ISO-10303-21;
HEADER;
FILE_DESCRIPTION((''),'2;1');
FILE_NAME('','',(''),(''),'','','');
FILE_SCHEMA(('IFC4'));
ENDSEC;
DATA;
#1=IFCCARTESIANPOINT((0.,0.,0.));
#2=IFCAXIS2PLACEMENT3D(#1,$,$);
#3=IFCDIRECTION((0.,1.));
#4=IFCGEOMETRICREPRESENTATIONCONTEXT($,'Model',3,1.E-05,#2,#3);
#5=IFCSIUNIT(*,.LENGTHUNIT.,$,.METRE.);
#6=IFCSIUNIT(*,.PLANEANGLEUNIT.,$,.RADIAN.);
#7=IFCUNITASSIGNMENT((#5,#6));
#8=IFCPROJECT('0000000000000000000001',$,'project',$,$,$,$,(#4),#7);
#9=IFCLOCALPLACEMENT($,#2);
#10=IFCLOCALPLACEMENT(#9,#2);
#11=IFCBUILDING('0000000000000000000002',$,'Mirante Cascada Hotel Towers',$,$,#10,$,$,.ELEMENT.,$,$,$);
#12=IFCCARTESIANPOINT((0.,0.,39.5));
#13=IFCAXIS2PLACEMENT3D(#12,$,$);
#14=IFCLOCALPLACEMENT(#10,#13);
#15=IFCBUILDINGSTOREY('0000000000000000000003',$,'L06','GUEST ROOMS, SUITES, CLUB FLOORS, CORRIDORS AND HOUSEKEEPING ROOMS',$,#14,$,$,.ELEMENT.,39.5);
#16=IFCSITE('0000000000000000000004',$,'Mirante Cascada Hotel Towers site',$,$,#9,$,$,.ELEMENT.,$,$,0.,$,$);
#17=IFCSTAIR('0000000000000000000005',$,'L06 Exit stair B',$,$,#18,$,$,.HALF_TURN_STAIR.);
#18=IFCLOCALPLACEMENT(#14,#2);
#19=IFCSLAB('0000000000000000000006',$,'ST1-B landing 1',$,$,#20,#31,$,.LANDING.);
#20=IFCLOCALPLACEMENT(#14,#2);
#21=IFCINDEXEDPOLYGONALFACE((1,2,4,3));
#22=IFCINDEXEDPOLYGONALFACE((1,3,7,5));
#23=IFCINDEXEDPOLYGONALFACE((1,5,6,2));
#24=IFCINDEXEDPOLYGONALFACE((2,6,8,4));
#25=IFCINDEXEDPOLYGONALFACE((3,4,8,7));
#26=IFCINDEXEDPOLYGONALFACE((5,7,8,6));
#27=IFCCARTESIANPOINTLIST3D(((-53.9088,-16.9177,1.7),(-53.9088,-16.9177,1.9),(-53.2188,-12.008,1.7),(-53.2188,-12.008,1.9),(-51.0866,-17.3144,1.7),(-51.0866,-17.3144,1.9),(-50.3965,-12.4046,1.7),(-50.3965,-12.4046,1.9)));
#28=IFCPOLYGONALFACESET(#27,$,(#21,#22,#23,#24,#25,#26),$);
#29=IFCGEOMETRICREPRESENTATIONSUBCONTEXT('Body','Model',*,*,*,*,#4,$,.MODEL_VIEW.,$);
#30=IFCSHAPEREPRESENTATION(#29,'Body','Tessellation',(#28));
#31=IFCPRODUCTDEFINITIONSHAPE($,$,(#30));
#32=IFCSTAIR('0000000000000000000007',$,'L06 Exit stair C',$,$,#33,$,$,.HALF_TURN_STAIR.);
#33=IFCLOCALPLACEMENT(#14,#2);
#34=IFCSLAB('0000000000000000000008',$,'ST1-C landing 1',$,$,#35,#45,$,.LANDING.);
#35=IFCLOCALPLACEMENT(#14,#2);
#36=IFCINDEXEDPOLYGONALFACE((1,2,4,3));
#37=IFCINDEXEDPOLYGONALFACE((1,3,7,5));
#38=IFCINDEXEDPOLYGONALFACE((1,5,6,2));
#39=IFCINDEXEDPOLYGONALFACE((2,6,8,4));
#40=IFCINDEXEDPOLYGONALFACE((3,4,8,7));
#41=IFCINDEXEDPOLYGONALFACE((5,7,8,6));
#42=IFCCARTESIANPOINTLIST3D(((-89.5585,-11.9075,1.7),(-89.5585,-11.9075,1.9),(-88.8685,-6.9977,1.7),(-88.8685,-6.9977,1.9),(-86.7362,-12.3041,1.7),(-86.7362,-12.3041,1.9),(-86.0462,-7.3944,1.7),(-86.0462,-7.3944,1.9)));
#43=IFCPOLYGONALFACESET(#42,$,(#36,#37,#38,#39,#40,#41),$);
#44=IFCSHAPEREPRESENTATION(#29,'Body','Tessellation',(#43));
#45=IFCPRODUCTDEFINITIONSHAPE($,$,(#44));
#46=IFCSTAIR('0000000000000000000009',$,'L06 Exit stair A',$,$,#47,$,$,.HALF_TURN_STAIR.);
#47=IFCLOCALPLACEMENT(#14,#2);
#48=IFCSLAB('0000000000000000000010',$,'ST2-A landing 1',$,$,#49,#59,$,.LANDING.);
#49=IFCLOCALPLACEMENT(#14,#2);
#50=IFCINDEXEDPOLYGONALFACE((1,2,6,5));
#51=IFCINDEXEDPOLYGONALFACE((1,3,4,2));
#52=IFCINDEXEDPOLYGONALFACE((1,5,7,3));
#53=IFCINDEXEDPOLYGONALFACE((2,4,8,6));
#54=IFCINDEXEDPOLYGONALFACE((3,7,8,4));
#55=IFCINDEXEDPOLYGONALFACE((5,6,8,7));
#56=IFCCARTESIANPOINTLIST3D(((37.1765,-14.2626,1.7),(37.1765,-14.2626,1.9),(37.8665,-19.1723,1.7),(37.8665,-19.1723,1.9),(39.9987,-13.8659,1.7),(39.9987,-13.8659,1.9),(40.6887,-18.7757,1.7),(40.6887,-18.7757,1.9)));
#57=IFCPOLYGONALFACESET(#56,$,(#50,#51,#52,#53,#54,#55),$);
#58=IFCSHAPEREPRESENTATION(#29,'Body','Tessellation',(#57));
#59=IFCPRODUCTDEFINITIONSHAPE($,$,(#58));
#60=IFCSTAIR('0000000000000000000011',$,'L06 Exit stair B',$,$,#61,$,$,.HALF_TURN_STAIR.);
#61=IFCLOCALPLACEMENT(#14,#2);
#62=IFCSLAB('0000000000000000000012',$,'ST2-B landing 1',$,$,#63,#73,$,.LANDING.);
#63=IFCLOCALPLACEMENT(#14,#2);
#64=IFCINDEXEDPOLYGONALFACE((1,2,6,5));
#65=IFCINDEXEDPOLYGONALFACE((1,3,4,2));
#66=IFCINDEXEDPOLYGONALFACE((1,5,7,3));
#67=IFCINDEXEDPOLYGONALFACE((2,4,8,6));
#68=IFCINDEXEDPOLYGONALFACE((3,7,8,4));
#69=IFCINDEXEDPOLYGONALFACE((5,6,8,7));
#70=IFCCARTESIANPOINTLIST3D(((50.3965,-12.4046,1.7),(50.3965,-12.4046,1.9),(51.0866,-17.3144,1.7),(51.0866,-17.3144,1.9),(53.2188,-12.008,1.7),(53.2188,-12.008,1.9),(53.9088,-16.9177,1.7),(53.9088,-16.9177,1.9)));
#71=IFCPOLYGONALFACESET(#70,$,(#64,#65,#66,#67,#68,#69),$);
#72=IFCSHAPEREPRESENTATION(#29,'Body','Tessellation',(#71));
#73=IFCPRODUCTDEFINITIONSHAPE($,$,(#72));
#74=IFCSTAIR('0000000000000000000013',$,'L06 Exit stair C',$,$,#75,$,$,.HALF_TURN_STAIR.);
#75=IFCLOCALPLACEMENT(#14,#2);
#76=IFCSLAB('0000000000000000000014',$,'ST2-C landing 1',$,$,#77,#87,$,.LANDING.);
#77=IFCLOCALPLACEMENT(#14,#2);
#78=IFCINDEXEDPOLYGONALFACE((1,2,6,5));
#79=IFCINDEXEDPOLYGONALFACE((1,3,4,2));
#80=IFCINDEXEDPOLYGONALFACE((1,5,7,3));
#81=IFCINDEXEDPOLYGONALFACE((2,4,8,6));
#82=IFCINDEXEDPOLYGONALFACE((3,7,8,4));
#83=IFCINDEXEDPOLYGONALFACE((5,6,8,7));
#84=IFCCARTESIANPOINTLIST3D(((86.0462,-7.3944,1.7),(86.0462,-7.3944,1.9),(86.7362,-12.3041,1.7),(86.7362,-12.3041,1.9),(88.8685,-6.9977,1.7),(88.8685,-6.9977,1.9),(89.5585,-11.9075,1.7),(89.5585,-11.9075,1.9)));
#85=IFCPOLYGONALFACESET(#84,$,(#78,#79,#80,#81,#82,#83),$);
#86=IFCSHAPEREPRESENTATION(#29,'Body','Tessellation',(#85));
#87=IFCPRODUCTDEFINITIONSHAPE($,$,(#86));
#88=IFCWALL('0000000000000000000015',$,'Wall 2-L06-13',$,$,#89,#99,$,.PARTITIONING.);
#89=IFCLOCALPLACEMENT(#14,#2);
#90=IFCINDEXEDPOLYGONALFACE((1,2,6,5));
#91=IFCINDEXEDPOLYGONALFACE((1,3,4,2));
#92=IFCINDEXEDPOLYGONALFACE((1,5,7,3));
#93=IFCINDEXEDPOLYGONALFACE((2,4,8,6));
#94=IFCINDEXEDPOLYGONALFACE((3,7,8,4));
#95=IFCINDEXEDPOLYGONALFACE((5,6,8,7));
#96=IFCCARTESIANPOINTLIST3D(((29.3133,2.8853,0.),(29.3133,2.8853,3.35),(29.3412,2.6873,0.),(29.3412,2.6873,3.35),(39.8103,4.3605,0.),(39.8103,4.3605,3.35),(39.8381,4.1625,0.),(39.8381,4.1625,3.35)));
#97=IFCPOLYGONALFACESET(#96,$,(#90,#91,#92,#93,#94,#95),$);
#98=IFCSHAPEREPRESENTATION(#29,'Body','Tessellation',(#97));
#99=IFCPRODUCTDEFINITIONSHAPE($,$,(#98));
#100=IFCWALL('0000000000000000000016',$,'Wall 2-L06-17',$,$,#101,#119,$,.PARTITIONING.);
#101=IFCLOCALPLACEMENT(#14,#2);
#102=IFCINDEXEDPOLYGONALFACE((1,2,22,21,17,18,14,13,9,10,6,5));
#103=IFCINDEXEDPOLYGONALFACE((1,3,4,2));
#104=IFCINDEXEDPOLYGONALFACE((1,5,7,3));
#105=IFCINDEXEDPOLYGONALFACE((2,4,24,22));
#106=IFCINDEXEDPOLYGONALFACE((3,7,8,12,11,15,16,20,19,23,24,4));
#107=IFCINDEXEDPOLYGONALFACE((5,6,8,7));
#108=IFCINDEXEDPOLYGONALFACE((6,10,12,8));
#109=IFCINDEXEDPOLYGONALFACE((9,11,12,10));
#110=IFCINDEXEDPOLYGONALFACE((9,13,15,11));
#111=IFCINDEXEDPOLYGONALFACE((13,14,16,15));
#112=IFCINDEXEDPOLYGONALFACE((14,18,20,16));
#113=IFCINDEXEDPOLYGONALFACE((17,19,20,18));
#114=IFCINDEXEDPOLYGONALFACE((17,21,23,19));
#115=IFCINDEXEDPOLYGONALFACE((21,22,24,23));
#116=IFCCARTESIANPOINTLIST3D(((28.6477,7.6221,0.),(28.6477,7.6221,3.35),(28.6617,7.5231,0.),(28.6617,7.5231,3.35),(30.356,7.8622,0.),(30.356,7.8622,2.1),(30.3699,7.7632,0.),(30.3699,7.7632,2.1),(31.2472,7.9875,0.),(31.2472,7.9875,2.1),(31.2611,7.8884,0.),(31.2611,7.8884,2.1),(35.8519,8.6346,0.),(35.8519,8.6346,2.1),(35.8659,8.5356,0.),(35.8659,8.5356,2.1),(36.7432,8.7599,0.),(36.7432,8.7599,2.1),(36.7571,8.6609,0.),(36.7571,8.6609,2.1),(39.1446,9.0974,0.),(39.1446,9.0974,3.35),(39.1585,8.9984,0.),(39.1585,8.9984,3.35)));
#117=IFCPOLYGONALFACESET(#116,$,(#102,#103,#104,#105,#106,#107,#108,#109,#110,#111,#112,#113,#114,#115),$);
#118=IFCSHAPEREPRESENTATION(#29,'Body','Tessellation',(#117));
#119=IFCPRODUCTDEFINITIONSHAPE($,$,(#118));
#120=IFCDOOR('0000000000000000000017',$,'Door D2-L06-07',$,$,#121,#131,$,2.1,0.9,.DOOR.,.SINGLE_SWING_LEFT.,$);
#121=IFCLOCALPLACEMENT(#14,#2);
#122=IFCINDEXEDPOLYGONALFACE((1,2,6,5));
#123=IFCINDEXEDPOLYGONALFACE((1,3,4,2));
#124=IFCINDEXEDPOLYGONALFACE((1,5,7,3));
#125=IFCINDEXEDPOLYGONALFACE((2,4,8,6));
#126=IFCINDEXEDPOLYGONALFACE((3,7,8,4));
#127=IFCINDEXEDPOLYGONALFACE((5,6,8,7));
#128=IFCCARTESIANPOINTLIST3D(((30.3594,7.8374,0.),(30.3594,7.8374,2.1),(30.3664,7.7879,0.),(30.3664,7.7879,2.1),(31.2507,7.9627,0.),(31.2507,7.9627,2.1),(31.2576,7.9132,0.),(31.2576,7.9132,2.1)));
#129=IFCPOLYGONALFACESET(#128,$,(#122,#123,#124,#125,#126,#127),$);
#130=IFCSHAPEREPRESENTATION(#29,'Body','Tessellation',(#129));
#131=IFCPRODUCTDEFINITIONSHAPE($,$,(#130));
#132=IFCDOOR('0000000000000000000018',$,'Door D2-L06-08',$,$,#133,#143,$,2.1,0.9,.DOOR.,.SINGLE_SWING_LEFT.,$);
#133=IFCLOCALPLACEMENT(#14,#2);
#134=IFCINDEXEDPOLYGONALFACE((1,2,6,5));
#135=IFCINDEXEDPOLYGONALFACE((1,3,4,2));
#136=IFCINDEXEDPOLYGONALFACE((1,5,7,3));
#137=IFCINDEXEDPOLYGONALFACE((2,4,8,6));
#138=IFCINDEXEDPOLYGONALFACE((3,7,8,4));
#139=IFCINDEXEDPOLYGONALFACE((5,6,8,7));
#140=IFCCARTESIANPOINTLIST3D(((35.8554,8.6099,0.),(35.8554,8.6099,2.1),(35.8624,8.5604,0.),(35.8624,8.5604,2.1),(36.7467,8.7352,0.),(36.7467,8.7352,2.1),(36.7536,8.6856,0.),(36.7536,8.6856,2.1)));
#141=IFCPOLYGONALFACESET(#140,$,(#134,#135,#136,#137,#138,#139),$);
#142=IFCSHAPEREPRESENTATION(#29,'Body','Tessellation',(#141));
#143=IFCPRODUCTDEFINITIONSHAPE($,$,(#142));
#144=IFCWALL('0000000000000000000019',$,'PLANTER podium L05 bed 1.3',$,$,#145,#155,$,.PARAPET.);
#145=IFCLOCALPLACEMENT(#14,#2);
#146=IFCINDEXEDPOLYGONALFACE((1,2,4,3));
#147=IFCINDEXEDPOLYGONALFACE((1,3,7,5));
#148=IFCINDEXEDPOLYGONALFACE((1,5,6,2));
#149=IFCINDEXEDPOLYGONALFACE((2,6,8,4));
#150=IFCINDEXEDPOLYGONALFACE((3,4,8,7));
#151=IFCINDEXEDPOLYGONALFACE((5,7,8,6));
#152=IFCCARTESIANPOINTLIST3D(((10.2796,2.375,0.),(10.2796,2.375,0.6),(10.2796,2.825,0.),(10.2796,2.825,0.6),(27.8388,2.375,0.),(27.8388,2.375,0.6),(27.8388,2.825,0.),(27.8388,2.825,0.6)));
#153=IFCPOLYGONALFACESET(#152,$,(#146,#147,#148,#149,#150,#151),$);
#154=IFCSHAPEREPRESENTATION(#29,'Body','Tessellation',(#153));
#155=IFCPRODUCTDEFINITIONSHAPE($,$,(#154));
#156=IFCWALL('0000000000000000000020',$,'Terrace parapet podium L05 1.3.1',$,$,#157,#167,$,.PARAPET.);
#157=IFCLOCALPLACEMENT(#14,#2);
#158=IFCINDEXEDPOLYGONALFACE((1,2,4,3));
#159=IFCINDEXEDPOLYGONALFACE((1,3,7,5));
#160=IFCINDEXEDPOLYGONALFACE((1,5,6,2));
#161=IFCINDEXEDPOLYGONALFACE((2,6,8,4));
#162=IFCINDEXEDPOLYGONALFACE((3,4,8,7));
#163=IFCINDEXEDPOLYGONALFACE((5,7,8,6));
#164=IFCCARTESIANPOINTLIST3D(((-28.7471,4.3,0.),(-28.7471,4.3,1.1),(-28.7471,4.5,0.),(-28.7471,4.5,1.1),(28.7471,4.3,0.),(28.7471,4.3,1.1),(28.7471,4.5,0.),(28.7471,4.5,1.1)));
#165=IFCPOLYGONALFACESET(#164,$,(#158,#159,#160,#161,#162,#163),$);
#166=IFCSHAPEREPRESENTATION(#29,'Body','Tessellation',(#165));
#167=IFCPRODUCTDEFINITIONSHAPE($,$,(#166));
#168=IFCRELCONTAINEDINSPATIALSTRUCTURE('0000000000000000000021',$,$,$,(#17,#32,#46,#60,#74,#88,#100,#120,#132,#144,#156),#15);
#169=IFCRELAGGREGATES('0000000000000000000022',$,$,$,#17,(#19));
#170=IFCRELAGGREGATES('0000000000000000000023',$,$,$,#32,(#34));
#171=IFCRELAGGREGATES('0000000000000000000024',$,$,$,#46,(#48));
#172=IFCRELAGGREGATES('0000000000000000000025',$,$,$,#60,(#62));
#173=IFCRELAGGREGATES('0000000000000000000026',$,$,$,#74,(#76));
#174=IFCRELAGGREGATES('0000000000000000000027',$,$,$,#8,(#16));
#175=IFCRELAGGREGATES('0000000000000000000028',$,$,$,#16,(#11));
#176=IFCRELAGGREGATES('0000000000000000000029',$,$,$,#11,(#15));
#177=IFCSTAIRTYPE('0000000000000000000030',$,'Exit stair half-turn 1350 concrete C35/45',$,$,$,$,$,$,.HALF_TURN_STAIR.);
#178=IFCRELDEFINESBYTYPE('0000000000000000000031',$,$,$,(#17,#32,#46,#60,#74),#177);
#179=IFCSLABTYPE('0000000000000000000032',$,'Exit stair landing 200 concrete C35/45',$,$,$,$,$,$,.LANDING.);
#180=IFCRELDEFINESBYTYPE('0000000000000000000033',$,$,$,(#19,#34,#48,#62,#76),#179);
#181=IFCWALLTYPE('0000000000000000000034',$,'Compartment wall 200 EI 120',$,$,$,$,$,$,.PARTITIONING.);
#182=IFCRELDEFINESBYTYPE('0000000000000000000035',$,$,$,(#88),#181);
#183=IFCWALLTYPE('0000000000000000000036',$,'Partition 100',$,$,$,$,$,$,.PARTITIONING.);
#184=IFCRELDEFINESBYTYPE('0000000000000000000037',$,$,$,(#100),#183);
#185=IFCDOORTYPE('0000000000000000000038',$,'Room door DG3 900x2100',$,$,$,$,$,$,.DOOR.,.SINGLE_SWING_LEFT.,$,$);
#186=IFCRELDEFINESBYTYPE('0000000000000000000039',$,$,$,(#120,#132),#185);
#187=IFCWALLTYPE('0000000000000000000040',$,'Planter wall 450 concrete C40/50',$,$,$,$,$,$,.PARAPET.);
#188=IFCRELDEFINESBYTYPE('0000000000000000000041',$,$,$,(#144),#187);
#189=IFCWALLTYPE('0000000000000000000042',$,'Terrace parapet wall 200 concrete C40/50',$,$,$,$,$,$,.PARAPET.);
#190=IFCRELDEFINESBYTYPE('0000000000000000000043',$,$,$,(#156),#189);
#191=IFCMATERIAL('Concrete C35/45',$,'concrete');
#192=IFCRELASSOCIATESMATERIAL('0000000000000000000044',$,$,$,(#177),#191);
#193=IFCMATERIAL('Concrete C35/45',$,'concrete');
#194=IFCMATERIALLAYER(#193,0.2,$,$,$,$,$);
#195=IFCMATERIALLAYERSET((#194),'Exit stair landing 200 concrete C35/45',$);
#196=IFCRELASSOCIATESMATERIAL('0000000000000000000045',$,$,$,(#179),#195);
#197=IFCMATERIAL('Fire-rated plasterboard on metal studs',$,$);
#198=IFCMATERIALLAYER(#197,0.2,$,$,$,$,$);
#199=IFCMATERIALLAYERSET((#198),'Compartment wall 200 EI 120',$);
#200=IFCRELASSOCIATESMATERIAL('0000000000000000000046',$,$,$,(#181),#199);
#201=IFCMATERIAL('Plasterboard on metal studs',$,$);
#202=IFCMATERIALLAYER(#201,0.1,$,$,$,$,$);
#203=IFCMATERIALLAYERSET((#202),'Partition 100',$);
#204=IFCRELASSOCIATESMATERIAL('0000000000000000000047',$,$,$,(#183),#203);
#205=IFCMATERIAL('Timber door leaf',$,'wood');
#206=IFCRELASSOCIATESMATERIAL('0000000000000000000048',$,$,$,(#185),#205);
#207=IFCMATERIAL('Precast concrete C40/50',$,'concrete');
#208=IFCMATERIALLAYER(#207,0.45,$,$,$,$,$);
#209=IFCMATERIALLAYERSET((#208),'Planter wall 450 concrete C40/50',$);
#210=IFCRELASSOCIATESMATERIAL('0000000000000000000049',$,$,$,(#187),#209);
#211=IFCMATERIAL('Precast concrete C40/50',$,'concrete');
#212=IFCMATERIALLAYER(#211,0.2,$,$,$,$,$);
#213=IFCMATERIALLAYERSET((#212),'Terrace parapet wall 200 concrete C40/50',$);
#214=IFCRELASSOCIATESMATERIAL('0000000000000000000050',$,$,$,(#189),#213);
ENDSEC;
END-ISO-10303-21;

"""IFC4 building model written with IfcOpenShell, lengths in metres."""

from ifc_helpers import new_model, si_unit, direction, frame, frame_2d, origin, place, context, subcontext, project, spatial, polyline, rectangle, outline, extrude, material, layer, layer_set, type_object, element, fill, aggregate, save


model = new_model("IFC4")

# Units and contexts
model_context = context("Model", 3, precision=1e-05, world=origin(), true_north=direction((0.0, 1.0)))
body_context = subcontext(model_context, "Body", "Model", "MODEL_VIEW")
ifc_project = project(units=[si_unit("LENGTHUNIT", "METRE"), si_unit("PLANEANGLEUNIT", "RADIAN")], contexts=[model_context])

# Site, building, storey
site_placement = place(None, origin())
site = spatial("IfcSite", under=ifc_project, at=site_placement, Name="Mirante Cascada Hotel Towers site", CompositionType="ELEMENT", RefElevation=0.0)
building_placement = place(site_placement, origin())
building = spatial("IfcBuilding", under=site, at=building_placement, Name="Mirante Cascada Hotel Towers", CompositionType="ELEMENT")
storey_placement = place(building_placement, frame((0.0, 0.0, 39.5)))
storey = spatial("IfcBuildingStorey", under=building, at=storey_placement, Name="L06", Description="GUEST ROOMS, SUITES, CLUB FLOORS, CORRIDORS AND HOUSEKEEPING ROOMS", CompositionType="ELEMENT", Elevation=39.5)

# Stairs, slabs
ifc_material_1 = material(Name="Concrete C35/45", Category="concrete")
stair_type = type_object("IfcStairType", Name="Exit stair half-turn 1350 concrete C35/45", PredefinedType="HALF_TURN_STAIR", material=ifc_material_1)
ifc_material_2 = material(Name="Concrete C35/45", Category="concrete")
ifc_layer_1 = layer(ifc_material_2, 0.2)
ifc_layer_set_1 = layer_set([ifc_layer_1], Name="Exit stair landing 200 concrete C35/45")
slab_type = type_object("IfcSlabType", Name="Exit stair landing 200 concrete C35/45", PredefinedType="LANDING", material=ifc_layer_set_1)
stair_1_placement = place(storey_placement, origin())
stair_1 = element("IfcStair", 1, at=stair_1_placement, inside=storey, type_object=stair_type, Name="L06 Exit stair B", PredefinedType="HALF_TURN_STAIR")
slab_1_placement = place(storey_placement, frame((0.0, 0.0, 1.7)))
slab_1 = element("IfcSlab", 2, at=slab_1_placement, type_object=slab_type, Name="ST1-B landing 1", PredefinedType="LANDING", context=body_context, shape_type="SweptSolid", body=[
    extrude(outline(polyline([(-53.2188, -12.008), (-53.9088, -16.9177), (-51.0866, -17.3144), (-50.3965, -12.4046), (-53.2188, -12.008)])), origin(), (0.0, 0.0, 1.0), 0.2),
])
aggregate(stair_1, [slab_1])
stair_2_placement = place(storey_placement, origin())
stair_2 = element("IfcStair", 3, at=stair_2_placement, inside=storey, type_object=stair_type, Name="L06 Exit stair C", PredefinedType="HALF_TURN_STAIR")
slab_2_placement = place(storey_placement, frame((0.0, 0.0, 1.7)))
slab_2 = element("IfcSlab", 4, at=slab_2_placement, type_object=slab_type, Name="ST1-C landing 1", PredefinedType="LANDING", context=body_context, shape_type="SweptSolid", body=[
    extrude(outline(polyline([(-88.8685, -6.9977), (-89.5585, -11.9075), (-86.7362, -12.3041), (-86.0462, -7.3944), (-88.8685, -6.9977)])), origin(), (0.0, 0.0, 1.0), 0.2),
])
aggregate(stair_2, [slab_2])
stair_3_placement = place(storey_placement, origin())
stair_3 = element("IfcStair", 5, at=stair_3_placement, inside=storey, type_object=stair_type, Name="L06 Exit stair A", PredefinedType="HALF_TURN_STAIR")
slab_3_placement = place(storey_placement, frame((0.0, 0.0, 1.7)))
slab_3 = element("IfcSlab", 6, at=slab_3_placement, type_object=slab_type, Name="ST2-A landing 1", PredefinedType="LANDING", context=body_context, shape_type="SweptSolid", body=[
    extrude(outline(polyline([(37.1765, -14.2626), (37.8665, -19.1723), (40.6887, -18.7757), (39.9987, -13.8659), (37.1765, -14.2626)])), origin(), (0.0, 0.0, 1.0), 0.2),
])
aggregate(stair_3, [slab_3])
stair_4_placement = place(storey_placement, origin())
stair_4 = element("IfcStair", 7, at=stair_4_placement, inside=storey, type_object=stair_type, Name="L06 Exit stair B", PredefinedType="HALF_TURN_STAIR")
slab_4_placement = place(storey_placement, frame((0.0, 0.0, 1.7)))
slab_4 = element("IfcSlab", 8, at=slab_4_placement, type_object=slab_type, Name="ST2-B landing 1", PredefinedType="LANDING", context=body_context, shape_type="SweptSolid", body=[
    extrude(outline(polyline([(50.3965, -12.4046), (51.0866, -17.3144), (53.9088, -16.9177), (53.2188, -12.008), (50.3965, -12.4046)])), origin(), (0.0, 0.0, 1.0), 0.2),
])
aggregate(stair_4, [slab_4])
stair_5_placement = place(storey_placement, origin())
stair_5 = element("IfcStair", 9, at=stair_5_placement, inside=storey, type_object=stair_type, Name="L06 Exit stair C", PredefinedType="HALF_TURN_STAIR")
slab_5_placement = place(storey_placement, frame((0.0, 0.0, 1.7)))
slab_5 = element("IfcSlab", 10, at=slab_5_placement, type_object=slab_type, Name="ST2-C landing 1", PredefinedType="LANDING", context=body_context, shape_type="SweptSolid", body=[
    extrude(outline(polyline([(86.0462, -7.3944), (86.7362, -12.3041), (89.5585, -11.9075), (88.8685, -6.9977), (86.0462, -7.3944)])), origin(), (0.0, 0.0, 1.0), 0.2),
])
aggregate(stair_5, [slab_5])

# Wall
ifc_material_3 = material(Name="Fire-rated plasterboard on metal studs")
ifc_layer_2 = layer(ifc_material_3, 0.2)
ifc_layer_set_2 = layer_set([ifc_layer_2], Name="Compartment wall 200 EI 120")
wall_type_1 = type_object("IfcWallType", Name="Compartment wall 200 EI 120", PredefinedType="PARTITIONING", material=ifc_layer_set_2)
wall_1_placement = place(storey_placement, frame((29.3273, 2.7863, 0.0), z_axis=(0.0, 0.0, 1.0), x_axis=(0.990269, 0.139169, 0.0)))
element("IfcWall", 11, at=wall_1_placement, inside=storey, type_object=wall_type_1, Name="Wall 2-L06-13", PredefinedType="PARTITIONING", context=body_context, shape_type="SweptSolid", body=[
    extrude(rectangle(XDim=10.6001, YDim=0.2, at=frame_2d((5.3, 0.0))), origin(), (0.0, 0.0, 1.0), 3.35),
])

# Wall, openings, doors
ifc_material_4 = material(Name="Plasterboard on metal studs")
ifc_layer_3 = layer(ifc_material_4, 0.1)
ifc_layer_set_3 = layer_set([ifc_layer_3], Name="Partition 100")
wall_type_2 = type_object("IfcWallType", Name="Partition 100", PredefinedType="PARTITIONING", material=ifc_layer_set_3)
wall_2_placement = place(storey_placement, frame((28.6547, 7.5726, 0.0), z_axis=(0.0, 0.0, 1.0), x_axis=(0.990267, 0.13918, 0.0)))
wall_2 = element("IfcWall", 12, at=wall_2_placement, inside=storey, type_object=wall_type_2, Name="Wall 2-L06-17", PredefinedType="PARTITIONING", context=body_context, shape_type="SweptSolid", body=[
    extrude(rectangle(XDim=10.6, YDim=0.1, at=frame_2d((5.3, 0.0))), origin(), (0.0, 0.0, 1.0), 3.35),
])
opening_1_placement = place(wall_2_placement, frame((1.725, 0.0, 0.0)))
opening_1 = element("IfcOpeningElement", 13, at=opening_1_placement, cuts=wall_2, PredefinedType="OPENING", context=body_context, shape_type="SweptSolid", body=[
    extrude(rectangle(XDim=0.9, YDim=2.1, at=frame_2d((0.45, 1.05))), frame((0.0, 0.05, 0.0), z_axis=(0.0, -1.0, 0.0), x_axis=(1.0, 0.0, 0.0)), (0.0, 0.0, 1.0), 0.1),
])
opening_2_placement = place(wall_2_placement, frame((7.275, 0.0, 0.0)))
opening_2 = element("IfcOpeningElement", 14, at=opening_2_placement, cuts=wall_2, PredefinedType="OPENING", context=body_context, shape_type="SweptSolid", body=[
    extrude(rectangle(XDim=0.9, YDim=2.1, at=frame_2d((0.45, 1.05))), frame((0.0, 0.05, 0.0), z_axis=(0.0, -1.0, 0.0), x_axis=(1.0, 0.0, 0.0)), (0.0, 0.0, 1.0), 0.1),
])
ifc_material_5 = material(Name="Timber door leaf", Category="wood")
door_type = type_object("IfcDoorType", Name="Room door DG3 900x2100", OperationType="SINGLE_SWING_LEFT", PredefinedType="DOOR", material=ifc_material_5)
door_1_placement = place(opening_1_placement, origin())
door_1 = element("IfcDoor", 15, at=door_1_placement, inside=storey, type_object=door_type, Name="Door D2-L06-07", OperationType="SINGLE_SWING_LEFT", OverallHeight=2.1, OverallWidth=0.9, PredefinedType="DOOR", context=body_context, shape_type="SweptSolid", body=[
    extrude(rectangle(XDim=0.9, YDim=2.1, at=frame_2d((0.45, 1.05))), frame((0.0, 0.025, 0.0), z_axis=(0.0, -1.0, 0.0), x_axis=(1.0, 0.0, 0.0)), (0.0, 0.0, 1.0), 0.05),
])
fill(opening_1, door_1)
door_2_placement = place(opening_2_placement, origin())
door_2 = element("IfcDoor", 16, at=door_2_placement, inside=storey, type_object=door_type, Name="Door D2-L06-08", OperationType="SINGLE_SWING_LEFT", OverallHeight=2.1, OverallWidth=0.9, PredefinedType="DOOR", context=body_context, shape_type="SweptSolid", body=[
    extrude(rectangle(XDim=0.9, YDim=2.1, at=frame_2d((0.45, 1.05))), frame((0.0, 0.025, 0.0), z_axis=(0.0, -1.0, 0.0), x_axis=(1.0, 0.0, 0.0)), (0.0, 0.0, 1.0), 0.05),
])
fill(opening_2, door_2)

# Walls
ifc_material_6 = material(Name="Precast concrete C40/50", Category="concrete")
ifc_layer_4 = layer(ifc_material_6, 0.45)
ifc_layer_set_4 = layer_set([ifc_layer_4], Name="Planter wall 450 concrete C40/50")
wall_type_3 = type_object("IfcWallType", Name="Planter wall 450 concrete C40/50", PredefinedType="PARAPET", material=ifc_layer_set_4)
wall_3_placement = place(storey_placement, frame((10.2796, 2.6, 0.0), z_axis=(0.0, 0.0, 1.0), x_axis=(1.0, 0.0, 0.0)))
element("IfcWall", 17, at=wall_3_placement, inside=storey, type_object=wall_type_3, Name="PLANTER podium L05 bed 1.3", PredefinedType="PARAPET", context=body_context, shape_type="SweptSolid", body=[
    extrude(rectangle(XDim=17.5592, YDim=0.45, at=frame_2d((8.7796, 0.0))), origin(), (0.0, 0.0, 1.0), 0.6),
])
ifc_material_7 = material(Name="Precast concrete C40/50", Category="concrete")
ifc_layer_5 = layer(ifc_material_7, 0.2)
ifc_layer_set_5 = layer_set([ifc_layer_5], Name="Terrace parapet wall 200 concrete C40/50")
wall_type_4 = type_object("IfcWallType", Name="Terrace parapet wall 200 concrete C40/50", PredefinedType="PARAPET", material=ifc_layer_set_5)
wall_4_placement = place(storey_placement, frame((28.7471, 4.4, 0.0), z_axis=(0.0, 0.0, 1.0), x_axis=(-1.0, 0.0, 0.0)))
element("IfcWall", 18, at=wall_4_placement, inside=storey, type_object=wall_type_4, Name="Terrace parapet podium L05 1.3.1", PredefinedType="PARAPET", context=body_context, shape_type="SweptSolid", body=[
    extrude(rectangle(XDim=57.4942, YDim=0.2, at=frame_2d((28.7471, 0.0))), origin(), (0.0, 0.0, 1.0), 1.1),
])

save(model, "model.ifc")
